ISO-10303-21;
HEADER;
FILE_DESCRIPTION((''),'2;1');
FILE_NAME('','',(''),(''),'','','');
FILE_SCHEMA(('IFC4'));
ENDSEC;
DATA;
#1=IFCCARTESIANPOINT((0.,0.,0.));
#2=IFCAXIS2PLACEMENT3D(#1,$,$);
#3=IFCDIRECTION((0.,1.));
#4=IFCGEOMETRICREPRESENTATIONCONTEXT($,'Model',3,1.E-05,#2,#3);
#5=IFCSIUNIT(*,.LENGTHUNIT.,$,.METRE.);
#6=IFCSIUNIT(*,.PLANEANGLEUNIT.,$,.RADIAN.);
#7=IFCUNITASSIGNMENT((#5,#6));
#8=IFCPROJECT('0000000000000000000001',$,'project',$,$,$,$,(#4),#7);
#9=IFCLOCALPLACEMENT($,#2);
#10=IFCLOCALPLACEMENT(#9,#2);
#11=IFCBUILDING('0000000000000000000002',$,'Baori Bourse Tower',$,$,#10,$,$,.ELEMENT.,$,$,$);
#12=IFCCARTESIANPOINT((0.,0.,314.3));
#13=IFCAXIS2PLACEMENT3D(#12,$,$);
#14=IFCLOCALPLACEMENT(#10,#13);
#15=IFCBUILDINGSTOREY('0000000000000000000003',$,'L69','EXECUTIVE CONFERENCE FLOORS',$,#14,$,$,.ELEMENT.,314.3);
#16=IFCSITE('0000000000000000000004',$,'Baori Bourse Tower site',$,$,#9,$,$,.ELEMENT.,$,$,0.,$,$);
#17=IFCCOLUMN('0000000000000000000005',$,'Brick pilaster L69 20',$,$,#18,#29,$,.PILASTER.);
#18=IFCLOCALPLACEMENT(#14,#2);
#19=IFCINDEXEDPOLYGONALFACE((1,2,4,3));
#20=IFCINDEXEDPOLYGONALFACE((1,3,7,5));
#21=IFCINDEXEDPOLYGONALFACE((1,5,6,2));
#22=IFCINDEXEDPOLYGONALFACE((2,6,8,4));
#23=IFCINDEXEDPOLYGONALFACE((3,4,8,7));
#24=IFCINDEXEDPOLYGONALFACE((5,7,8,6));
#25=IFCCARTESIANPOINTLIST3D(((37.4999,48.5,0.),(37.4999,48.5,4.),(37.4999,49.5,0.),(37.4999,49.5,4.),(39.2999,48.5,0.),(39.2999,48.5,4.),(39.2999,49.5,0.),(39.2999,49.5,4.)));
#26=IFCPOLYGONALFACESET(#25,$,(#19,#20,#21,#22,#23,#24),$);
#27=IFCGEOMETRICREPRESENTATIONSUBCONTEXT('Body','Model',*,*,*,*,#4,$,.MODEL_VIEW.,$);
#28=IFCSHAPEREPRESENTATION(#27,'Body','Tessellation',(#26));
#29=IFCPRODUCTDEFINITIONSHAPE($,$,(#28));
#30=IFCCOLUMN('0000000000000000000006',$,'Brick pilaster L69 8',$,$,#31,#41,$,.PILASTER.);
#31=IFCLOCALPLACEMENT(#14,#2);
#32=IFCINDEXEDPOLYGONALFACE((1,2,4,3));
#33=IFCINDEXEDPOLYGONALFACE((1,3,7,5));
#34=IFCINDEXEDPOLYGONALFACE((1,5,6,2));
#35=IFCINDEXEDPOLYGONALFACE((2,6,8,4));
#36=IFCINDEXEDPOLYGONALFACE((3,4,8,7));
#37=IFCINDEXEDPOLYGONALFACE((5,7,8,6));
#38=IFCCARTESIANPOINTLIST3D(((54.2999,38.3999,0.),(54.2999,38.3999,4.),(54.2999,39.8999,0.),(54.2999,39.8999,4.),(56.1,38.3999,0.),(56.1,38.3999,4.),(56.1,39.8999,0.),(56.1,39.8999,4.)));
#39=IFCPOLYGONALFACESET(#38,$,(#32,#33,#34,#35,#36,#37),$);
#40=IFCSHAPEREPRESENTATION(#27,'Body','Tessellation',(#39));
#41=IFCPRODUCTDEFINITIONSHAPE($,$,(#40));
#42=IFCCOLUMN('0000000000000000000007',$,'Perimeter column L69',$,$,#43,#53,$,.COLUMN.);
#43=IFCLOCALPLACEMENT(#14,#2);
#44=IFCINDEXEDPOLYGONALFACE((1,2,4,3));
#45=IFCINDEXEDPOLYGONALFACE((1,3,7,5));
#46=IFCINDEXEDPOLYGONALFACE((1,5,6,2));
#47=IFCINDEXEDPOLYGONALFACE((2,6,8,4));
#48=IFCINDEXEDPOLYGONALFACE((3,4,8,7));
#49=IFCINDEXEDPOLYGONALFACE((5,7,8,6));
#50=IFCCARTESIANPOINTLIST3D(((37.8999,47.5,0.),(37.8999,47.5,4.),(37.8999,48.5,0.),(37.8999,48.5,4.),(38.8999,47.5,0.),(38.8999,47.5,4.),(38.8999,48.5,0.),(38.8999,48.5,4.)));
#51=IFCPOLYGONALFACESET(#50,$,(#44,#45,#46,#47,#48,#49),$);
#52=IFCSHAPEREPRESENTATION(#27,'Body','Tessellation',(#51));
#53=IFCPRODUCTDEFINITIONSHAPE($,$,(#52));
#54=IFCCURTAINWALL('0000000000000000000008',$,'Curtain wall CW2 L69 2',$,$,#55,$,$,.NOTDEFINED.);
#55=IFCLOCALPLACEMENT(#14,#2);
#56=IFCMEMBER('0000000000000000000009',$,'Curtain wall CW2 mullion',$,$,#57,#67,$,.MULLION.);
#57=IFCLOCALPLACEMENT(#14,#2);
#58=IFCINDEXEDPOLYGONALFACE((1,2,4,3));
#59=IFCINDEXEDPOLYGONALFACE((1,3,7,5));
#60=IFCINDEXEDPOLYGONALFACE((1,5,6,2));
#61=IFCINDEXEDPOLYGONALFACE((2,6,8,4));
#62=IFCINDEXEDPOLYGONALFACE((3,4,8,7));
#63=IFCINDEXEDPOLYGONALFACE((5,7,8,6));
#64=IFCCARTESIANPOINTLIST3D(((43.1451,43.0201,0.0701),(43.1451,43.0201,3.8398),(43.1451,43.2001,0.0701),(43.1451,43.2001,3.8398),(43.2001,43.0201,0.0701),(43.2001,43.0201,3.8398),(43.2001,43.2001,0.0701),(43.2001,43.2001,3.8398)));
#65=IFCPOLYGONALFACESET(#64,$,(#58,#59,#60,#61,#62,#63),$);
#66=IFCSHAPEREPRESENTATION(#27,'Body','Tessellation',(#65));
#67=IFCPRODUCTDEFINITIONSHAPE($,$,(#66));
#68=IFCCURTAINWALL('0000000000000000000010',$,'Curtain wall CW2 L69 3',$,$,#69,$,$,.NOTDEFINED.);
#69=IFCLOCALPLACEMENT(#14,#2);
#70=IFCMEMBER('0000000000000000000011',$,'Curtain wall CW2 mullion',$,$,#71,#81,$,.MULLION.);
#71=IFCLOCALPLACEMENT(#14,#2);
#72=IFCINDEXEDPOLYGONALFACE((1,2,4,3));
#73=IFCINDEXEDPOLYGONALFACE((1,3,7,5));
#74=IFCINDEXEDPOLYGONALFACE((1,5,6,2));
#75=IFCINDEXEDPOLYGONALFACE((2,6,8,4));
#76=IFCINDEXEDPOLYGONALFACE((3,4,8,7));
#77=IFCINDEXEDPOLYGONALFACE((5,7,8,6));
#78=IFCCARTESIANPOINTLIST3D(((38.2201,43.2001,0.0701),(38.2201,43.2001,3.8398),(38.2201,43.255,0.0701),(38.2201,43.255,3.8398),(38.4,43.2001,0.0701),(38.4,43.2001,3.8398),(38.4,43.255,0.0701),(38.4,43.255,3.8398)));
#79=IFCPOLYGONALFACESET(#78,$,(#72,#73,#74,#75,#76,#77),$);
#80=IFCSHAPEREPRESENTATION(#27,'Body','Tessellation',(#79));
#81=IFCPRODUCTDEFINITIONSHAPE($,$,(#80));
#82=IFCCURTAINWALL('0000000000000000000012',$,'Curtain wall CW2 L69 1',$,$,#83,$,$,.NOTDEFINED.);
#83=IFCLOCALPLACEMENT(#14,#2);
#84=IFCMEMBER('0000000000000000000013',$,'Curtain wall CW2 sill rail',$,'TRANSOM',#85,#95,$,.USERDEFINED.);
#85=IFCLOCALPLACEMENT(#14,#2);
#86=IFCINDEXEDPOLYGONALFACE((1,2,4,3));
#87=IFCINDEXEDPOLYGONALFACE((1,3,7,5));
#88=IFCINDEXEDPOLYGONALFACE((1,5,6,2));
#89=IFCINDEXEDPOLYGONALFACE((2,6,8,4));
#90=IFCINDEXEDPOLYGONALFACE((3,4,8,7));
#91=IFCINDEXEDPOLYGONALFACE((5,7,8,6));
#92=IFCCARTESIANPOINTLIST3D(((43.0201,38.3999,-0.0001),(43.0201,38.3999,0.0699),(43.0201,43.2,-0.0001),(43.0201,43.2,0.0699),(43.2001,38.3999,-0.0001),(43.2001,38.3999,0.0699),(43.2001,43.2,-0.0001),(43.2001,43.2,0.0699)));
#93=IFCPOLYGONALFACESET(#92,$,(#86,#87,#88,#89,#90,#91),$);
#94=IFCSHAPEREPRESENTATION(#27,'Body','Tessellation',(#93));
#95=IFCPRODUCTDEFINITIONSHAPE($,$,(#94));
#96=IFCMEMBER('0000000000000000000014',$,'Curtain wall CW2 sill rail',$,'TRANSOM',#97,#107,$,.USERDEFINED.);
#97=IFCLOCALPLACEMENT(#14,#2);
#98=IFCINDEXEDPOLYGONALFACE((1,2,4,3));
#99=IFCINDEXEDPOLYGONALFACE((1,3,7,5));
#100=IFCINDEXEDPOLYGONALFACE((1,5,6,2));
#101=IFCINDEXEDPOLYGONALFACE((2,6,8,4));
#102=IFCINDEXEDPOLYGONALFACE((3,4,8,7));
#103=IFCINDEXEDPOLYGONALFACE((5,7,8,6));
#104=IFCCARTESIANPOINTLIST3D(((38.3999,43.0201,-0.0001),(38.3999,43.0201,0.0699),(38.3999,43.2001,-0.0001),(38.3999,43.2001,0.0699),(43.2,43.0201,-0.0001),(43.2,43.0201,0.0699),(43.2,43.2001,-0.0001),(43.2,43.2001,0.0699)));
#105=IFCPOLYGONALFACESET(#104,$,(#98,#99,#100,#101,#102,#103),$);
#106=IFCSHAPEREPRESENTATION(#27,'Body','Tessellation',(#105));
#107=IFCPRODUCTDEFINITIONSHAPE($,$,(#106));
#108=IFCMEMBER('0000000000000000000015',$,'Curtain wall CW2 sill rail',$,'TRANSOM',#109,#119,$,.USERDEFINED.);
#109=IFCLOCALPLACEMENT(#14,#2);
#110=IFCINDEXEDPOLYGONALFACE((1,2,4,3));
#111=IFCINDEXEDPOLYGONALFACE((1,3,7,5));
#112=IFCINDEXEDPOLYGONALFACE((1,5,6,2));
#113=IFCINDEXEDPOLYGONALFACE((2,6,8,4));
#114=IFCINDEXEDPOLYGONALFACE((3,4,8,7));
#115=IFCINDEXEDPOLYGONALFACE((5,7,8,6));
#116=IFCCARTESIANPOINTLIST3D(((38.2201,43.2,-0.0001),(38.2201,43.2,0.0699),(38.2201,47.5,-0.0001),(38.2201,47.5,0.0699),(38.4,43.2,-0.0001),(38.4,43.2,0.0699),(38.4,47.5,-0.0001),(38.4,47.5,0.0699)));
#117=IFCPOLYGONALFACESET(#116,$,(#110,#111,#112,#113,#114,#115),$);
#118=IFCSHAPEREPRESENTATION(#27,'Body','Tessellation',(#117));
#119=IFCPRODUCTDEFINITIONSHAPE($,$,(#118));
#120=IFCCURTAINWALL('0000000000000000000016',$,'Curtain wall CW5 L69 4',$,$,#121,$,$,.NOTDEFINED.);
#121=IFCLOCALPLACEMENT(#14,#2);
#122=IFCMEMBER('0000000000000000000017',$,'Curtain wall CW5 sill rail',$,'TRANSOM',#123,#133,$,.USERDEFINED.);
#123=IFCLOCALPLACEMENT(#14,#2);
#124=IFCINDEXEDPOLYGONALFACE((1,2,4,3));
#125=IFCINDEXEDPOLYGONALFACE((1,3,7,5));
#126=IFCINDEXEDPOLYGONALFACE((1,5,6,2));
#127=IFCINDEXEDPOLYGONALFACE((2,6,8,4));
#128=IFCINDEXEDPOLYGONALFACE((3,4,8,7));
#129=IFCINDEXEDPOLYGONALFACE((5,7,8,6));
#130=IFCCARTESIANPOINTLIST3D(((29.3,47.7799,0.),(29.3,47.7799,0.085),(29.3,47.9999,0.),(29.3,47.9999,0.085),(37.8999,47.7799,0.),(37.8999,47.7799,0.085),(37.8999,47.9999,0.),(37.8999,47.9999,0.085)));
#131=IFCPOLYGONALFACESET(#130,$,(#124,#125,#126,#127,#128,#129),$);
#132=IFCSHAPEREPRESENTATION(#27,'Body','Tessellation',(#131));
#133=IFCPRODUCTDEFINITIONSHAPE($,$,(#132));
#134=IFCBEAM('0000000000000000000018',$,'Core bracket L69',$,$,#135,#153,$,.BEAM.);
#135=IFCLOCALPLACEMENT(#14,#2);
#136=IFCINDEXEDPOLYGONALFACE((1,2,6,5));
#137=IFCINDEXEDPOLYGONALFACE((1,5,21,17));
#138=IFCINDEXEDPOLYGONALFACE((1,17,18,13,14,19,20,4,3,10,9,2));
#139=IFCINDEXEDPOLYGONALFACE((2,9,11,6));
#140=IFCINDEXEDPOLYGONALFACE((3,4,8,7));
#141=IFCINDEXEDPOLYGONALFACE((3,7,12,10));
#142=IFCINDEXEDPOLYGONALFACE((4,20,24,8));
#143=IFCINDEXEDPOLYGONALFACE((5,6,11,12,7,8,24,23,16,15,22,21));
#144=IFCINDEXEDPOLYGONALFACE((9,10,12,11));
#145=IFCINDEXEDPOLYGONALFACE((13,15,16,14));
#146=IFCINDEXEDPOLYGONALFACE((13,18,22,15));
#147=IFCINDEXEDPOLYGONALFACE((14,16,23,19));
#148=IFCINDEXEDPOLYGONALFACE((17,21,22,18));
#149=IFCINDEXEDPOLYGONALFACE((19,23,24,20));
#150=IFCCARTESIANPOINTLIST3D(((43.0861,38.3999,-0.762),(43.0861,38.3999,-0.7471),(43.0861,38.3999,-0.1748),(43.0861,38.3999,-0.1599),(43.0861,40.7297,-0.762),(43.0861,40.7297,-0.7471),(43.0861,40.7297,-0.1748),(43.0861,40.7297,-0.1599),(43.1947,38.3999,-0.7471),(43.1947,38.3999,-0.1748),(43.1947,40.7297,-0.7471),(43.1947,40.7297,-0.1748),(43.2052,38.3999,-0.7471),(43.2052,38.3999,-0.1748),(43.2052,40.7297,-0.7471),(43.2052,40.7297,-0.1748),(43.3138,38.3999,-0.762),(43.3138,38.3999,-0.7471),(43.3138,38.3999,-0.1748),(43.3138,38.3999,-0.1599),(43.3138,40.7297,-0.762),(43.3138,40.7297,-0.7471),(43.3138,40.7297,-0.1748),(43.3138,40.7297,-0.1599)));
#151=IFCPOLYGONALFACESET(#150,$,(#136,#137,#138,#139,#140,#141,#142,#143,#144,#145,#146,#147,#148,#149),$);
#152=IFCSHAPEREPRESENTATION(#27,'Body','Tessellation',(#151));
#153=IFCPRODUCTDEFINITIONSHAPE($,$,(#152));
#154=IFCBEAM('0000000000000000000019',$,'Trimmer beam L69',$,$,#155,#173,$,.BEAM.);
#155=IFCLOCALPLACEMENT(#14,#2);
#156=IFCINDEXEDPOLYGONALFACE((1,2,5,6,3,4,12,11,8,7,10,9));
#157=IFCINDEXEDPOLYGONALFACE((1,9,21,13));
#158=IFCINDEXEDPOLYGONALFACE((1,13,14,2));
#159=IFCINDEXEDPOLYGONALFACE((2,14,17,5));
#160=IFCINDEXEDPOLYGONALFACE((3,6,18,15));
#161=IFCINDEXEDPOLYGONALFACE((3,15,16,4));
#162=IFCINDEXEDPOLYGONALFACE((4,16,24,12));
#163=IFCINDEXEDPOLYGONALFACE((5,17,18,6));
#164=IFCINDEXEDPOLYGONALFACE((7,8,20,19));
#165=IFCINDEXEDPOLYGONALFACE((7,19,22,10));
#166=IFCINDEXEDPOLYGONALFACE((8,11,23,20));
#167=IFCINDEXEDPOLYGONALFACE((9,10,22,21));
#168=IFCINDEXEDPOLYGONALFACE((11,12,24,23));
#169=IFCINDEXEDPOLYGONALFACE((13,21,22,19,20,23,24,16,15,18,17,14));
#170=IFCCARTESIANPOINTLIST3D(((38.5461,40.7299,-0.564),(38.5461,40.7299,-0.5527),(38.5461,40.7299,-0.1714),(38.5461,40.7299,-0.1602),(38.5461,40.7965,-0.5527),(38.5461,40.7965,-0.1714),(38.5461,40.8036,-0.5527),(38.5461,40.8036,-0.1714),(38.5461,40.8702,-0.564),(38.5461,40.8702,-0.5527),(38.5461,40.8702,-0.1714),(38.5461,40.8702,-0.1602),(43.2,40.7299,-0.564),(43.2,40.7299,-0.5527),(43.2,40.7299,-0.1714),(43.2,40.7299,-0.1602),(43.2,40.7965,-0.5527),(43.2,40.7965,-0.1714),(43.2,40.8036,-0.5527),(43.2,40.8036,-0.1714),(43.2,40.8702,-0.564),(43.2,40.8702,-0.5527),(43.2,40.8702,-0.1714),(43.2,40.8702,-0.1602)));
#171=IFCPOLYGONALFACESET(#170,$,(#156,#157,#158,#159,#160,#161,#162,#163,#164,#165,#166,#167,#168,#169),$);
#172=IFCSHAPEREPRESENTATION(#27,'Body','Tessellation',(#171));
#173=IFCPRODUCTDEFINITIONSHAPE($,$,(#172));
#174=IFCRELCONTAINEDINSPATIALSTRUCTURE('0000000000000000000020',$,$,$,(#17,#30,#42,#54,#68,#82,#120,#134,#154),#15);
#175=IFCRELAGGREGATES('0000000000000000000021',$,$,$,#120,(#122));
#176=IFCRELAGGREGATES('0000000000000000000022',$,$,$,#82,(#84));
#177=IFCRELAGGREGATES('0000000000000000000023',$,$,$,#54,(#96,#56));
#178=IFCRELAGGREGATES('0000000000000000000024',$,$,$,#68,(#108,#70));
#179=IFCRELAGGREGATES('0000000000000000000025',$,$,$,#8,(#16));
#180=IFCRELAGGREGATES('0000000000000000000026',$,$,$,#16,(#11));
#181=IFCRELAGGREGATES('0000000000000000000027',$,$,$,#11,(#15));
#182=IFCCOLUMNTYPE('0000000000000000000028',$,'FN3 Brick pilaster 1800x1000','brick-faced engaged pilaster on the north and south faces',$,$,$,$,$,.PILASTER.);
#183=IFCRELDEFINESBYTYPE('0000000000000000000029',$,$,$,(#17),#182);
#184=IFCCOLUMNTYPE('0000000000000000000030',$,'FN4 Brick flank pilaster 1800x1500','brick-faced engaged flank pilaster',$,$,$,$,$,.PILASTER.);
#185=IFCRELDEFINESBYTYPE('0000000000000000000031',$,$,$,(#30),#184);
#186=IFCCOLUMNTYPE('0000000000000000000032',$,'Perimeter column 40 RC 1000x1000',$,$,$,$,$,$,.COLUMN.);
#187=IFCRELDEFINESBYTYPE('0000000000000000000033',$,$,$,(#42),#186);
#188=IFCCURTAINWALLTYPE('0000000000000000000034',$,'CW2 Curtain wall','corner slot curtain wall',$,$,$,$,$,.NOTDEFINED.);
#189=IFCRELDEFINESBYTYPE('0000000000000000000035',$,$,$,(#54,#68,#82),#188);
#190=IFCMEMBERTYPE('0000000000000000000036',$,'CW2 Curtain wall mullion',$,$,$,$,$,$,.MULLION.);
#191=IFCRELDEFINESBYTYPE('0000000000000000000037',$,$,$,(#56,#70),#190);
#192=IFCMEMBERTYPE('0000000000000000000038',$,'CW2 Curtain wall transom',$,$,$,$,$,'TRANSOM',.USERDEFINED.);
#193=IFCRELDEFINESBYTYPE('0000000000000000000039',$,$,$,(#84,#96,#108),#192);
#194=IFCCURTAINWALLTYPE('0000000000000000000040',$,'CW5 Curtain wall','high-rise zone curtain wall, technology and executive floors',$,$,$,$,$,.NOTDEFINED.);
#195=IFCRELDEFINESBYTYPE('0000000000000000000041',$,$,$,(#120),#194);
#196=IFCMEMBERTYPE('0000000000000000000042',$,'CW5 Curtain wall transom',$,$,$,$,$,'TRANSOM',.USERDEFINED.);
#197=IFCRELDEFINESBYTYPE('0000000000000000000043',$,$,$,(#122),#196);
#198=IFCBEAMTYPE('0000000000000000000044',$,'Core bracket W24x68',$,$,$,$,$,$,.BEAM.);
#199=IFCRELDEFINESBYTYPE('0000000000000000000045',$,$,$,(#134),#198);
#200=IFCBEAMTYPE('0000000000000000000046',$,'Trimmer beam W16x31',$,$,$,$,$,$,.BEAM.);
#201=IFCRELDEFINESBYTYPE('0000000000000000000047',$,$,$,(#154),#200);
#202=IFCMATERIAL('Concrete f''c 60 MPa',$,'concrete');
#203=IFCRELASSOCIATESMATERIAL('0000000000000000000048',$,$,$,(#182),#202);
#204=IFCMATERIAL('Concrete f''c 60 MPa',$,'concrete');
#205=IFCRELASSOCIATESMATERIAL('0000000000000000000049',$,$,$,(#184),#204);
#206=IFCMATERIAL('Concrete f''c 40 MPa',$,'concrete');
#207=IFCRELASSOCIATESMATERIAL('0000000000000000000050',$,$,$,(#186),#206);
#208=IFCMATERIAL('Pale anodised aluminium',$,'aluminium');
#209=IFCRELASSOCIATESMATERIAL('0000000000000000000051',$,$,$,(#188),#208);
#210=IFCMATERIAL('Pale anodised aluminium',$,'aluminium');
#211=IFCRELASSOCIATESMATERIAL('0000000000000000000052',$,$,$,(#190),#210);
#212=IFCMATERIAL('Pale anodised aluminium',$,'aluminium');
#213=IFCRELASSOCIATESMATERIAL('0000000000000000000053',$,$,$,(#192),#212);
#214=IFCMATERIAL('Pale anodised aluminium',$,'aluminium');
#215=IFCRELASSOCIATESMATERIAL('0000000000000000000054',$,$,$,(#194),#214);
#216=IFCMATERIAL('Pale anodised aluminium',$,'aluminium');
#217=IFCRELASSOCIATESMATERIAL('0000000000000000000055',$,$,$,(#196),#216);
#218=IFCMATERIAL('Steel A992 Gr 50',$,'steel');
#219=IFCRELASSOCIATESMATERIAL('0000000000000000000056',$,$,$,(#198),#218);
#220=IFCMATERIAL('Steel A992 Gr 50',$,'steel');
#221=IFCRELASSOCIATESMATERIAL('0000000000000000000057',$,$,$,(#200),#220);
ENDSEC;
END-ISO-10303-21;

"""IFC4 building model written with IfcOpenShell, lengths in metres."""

from ifc_helpers import new_model, si_unit, direction, frame, origin, origin_2d, place, context, subcontext, project, spatial, rectangle, i_section, extrude, material, material_profile, profile_set, type_object, element, aggregate, save


model = new_model("IFC4")

# Units and contexts
model_context = context("Model", 3, precision=1e-05, world=origin(), true_north=direction((0.0, 1.0)))
body_context = subcontext(model_context, "Body", "Model", "MODEL_VIEW")
ifc_project = project(units=[si_unit("LENGTHUNIT", "METRE"), si_unit("PLANEANGLEUNIT", "RADIAN")], contexts=[model_context])

# Site, building, storey
site_placement = place(None, origin())
site = spatial("IfcSite", under=ifc_project, at=site_placement, Name="Baori Bourse Tower site", CompositionType="ELEMENT", RefElevation=0.0)
building_placement = place(site_placement, origin())
building = spatial("IfcBuilding", under=site, at=building_placement, Name="Baori Bourse Tower", CompositionType="ELEMENT")
storey_placement = place(building_placement, frame((0.0, 0.0, 314.3)))
storey = spatial("IfcBuildingStorey", under=building, at=storey_placement, Name="L69", Description="EXECUTIVE CONFERENCE FLOORS", CompositionType="ELEMENT", Elevation=314.3)

# Columns
ifc_material_1 = material(Name="Concrete f'c 60 MPa", Category="concrete")
ifc_material_profile_1 = material_profile(ifc_material_1, rectangle(XDim=1.8, YDim=1.0, at=origin_2d()), Name="RC 1800x1000")
ifc_profile_set_1 = profile_set([ifc_material_profile_1], Name="Concrete f'c 60 MPa")
column_type_1 = type_object("IfcColumnType", Name="FN3 Brick pilaster 1800x1000", Description="brick-faced engaged pilaster on the north and south faces", PredefinedType="PILASTER", material=ifc_profile_set_1)
column_1_placement = place(storey_placement, frame((38.3999, 49.0, 0.0), z_axis=(0.0, 0.0, 1.0), x_axis=(1.0, 0.0, 0.0)))
element("IfcColumn", 1, at=column_1_placement, inside=storey, type_object=column_type_1, Name="Brick pilaster L69 20", PredefinedType="PILASTER", context=body_context, shape_type="SweptSolid", body=[
    extrude(rectangle(XDim=1.8, YDim=1.0, at=origin_2d()), origin(), (0.0, 0.0, 1.0), 4.0),
])
ifc_material_2 = material(Name="Concrete f'c 60 MPa", Category="concrete")
ifc_material_profile_2 = material_profile(ifc_material_2, rectangle(XDim=1.8, YDim=1.5, at=origin_2d()), Name="RC 1800x1500")
ifc_profile_set_2 = profile_set([ifc_material_profile_2], Name="Concrete f'c 60 MPa")
column_type_2 = type_object("IfcColumnType", Name="FN4 Brick flank pilaster 1800x1500", Description="brick-faced engaged flank pilaster", PredefinedType="PILASTER", material=ifc_profile_set_2)
column_2_placement = place(storey_placement, frame((55.2, 39.1499, 0.0), z_axis=(0.0, 0.0, 1.0), x_axis=(1.0, 0.0, 0.0)))
element("IfcColumn", 2, at=column_2_placement, inside=storey, type_object=column_type_2, Name="Brick pilaster L69 8", PredefinedType="PILASTER", context=body_context, shape_type="SweptSolid", body=[
    extrude(rectangle(XDim=1.8, YDim=1.5, at=origin_2d()), origin(), (0.0, 0.0, 1.0), 4.0),
])
ifc_material_3 = material(Name="Concrete f'c 40 MPa", Category="concrete")
ifc_material_profile_3 = material_profile(ifc_material_3, rectangle(XDim=1.0, YDim=1.0, at=origin_2d()), Name="RC 1000x1000")
ifc_profile_set_3 = profile_set([ifc_material_profile_3], Name="Concrete f'c 40 MPa")
column_type_3 = type_object("IfcColumnType", Name="Perimeter column 40 RC 1000x1000", PredefinedType="COLUMN", material=ifc_profile_set_3)
column_3_placement = place(storey_placement, frame((38.3999, 48.0, 0.0), z_axis=(0.0, 0.0, 1.0), x_axis=(1.0, 0.0, 0.0)))
element("IfcColumn", 3, at=column_3_placement, inside=storey, type_object=column_type_3, Name="Perimeter column L69", PredefinedType="COLUMN", context=body_context, shape_type="SweptSolid", body=[
    extrude(rectangle(XDim=1.0, YDim=1.0, at=origin_2d()), origin(), (0.0, 0.0, 1.0), 4.0),
])

# Curtain walls, members
ifc_material_4 = material(Name="Pale anodised aluminium", Category="aluminium")
curtain_wall_type_1 = type_object("IfcCurtainWallType", Name="CW2 Curtain wall", Description="corner slot curtain wall", PredefinedType="NOTDEFINED", material=ifc_material_4)
curtain_wall_1_placement = place(storey_placement, origin())
curtain_wall_1 = element("IfcCurtainWall", 4, at=curtain_wall_1_placement, inside=storey, type_object=curtain_wall_type_1, Name="Curtain wall CW2 L69 2", PredefinedType="NOTDEFINED")
ifc_material_5 = material(Name="Pale anodised aluminium", Category="aluminium")
ifc_material_profile_4 = material_profile(ifc_material_5, rectangle(XDim=0.1799, YDim=0.0549, at=origin_2d()), Name="Mullion 55x180")
ifc_profile_set_4 = profile_set([ifc_material_profile_4], Name="Pale anodised aluminium")
member_type_1 = type_object("IfcMemberType", Name="CW2 Curtain wall mullion", PredefinedType="MULLION", material=ifc_profile_set_4)
member_1_placement = place(storey_placement, frame((43.1726, 43.1101, 0.0701), z_axis=(0.0, 0.0, 1.0), x_axis=(0.0, -1.0, 0.0)))
member_1 = element("IfcMember", 5, at=member_1_placement, type_object=member_type_1, Name="Curtain wall CW2 mullion", PredefinedType="MULLION", context=body_context, shape_type="SweptSolid", body=[
    extrude(rectangle(XDim=0.1799, YDim=0.0549, at=origin_2d()), origin(), (0.0, 0.0, 1.0), 3.7698),
])
curtain_wall_2_placement = place(storey_placement, origin())
curtain_wall_2 = element("IfcCurtainWall", 6, at=curtain_wall_2_placement, inside=storey, type_object=curtain_wall_type_1, Name="Curtain wall CW2 L69 3", PredefinedType="NOTDEFINED")
member_2_placement = place(storey_placement, frame((38.3101, 43.2275, 0.0701), z_axis=(0.0, 0.0, 1.0), x_axis=(-1.0, 0.0, 0.0)))
member_2 = element("IfcMember", 7, at=member_2_placement, type_object=member_type_1, Name="Curtain wall CW2 mullion", PredefinedType="MULLION", context=body_context, shape_type="SweptSolid", body=[
    extrude(rectangle(XDim=0.1799, YDim=0.0549, at=origin_2d()), origin(), (0.0, 0.0, 1.0), 3.7698),
])
curtain_wall_3_placement = place(storey_placement, origin())
curtain_wall_3 = element("IfcCurtainWall", 8, at=curtain_wall_3_placement, inside=storey, type_object=curtain_wall_type_1, Name="Curtain wall CW2 L69 1", PredefinedType="NOTDEFINED")
ifc_material_6 = material(Name="Pale anodised aluminium", Category="aluminium")
ifc_material_profile_5 = material_profile(ifc_material_6, rectangle(XDim=0.1799, YDim=0.0701, at=origin_2d()), Name="Transom 70x180")
ifc_profile_set_5 = profile_set([ifc_material_profile_5], Name="Pale anodised aluminium")
member_type_2 = type_object("IfcMemberType", Name="CW2 Curtain wall transom", ElementType="TRANSOM", PredefinedType="USERDEFINED", material=ifc_profile_set_5)
member_3_placement = place(storey_placement, frame((43.1101, 38.3999, 0.0349), z_axis=(0.0, 1.0, 0.0), x_axis=(-1.0, 0.0, 0.0)))
member_3 = element("IfcMember", 9, at=member_3_placement, type_object=member_type_2, Name="Curtain wall CW2 sill rail", ObjectType="TRANSOM", PredefinedType="USERDEFINED", context=body_context, shape_type="SweptSolid", body=[
    extrude(rectangle(XDim=0.1799, YDim=0.0701, at=origin_2d()), origin(), (0.0, 0.0, 1.0), 4.8),
])

# Members
member_4_placement = place(storey_placement, frame((43.2, 43.1101, 0.0349), z_axis=(-1.0, 0.0, 0.0), x_axis=(0.0, -1.0, 0.0)))
member_4 = element("IfcMember", 10, at=member_4_placement, type_object=member_type_2, Name="Curtain wall CW2 sill rail", ObjectType="TRANSOM", PredefinedType="USERDEFINED", context=body_context, shape_type="SweptSolid", body=[
    extrude(rectangle(XDim=0.1799, YDim=0.0701, at=origin_2d()), origin(), (0.0, 0.0, 1.0), 4.8),
])
member_5_placement = place(storey_placement, frame((38.3101, 43.2, 0.0349), z_axis=(0.0, 1.0, 0.0), x_axis=(-1.0, 0.0, 0.0)))
member_5 = element("IfcMember", 11, at=member_5_placement, type_object=member_type_2, Name="Curtain wall CW2 sill rail", ObjectType="TRANSOM", PredefinedType="USERDEFINED", context=body_context, shape_type="SweptSolid", body=[
    extrude(rectangle(XDim=0.1799, YDim=0.0701, at=origin_2d()), origin(), (0.0, 0.0, 1.0), 4.3),
])

# Curtain wall, member
ifc_material_7 = material(Name="Pale anodised aluminium", Category="aluminium")
curtain_wall_type_2 = type_object("IfcCurtainWallType", Name="CW5 Curtain wall", Description="high-rise zone curtain wall, technology and executive floors", PredefinedType="NOTDEFINED", material=ifc_material_7)
curtain_wall_4_placement = place(storey_placement, origin())
curtain_wall_4 = element("IfcCurtainWall", 12, at=curtain_wall_4_placement, inside=storey, type_object=curtain_wall_type_2, Name="Curtain wall CW5 L69 4", PredefinedType="NOTDEFINED")
ifc_material_8 = material(Name="Pale anodised aluminium", Category="aluminium")
ifc_material_profile_6 = material_profile(ifc_material_8, rectangle(XDim=0.22, YDim=0.085, at=origin_2d()), Name="Transom 85x220")
ifc_profile_set_6 = profile_set([ifc_material_profile_6], Name="Pale anodised aluminium")
member_type_3 = type_object("IfcMemberType", Name="CW5 Curtain wall transom", ElementType="TRANSOM", PredefinedType="USERDEFINED", material=ifc_profile_set_6)
member_6_placement = place(storey_placement, frame((37.8999, 47.8899, 0.0425), z_axis=(-1.0, 0.0, 0.0), x_axis=(0.0, -1.0, 0.0)))
member_6 = element("IfcMember", 13, at=member_6_placement, type_object=member_type_3, Name="Curtain wall CW5 sill rail", ObjectType="TRANSOM", PredefinedType="USERDEFINED", context=body_context, shape_type="SweptSolid", body=[
    extrude(rectangle(XDim=0.22, YDim=0.085, at=origin_2d()), origin(), (0.0, 0.0, 1.0), 8.5999),
])
aggregate(curtain_wall_4, [member_6])

# Beams
ifc_material_9 = material(Name="Steel A992 Gr 50", Category="steel")
ifc_material_profile_7 = material_profile(ifc_material_9, i_section(OverallWidth=0.2278, OverallDepth=0.6021, WebThickness=0.0105, FlangeThickness=0.0149, at=origin_2d()), Name="W24x68")
ifc_profile_set_7 = profile_set([ifc_material_profile_7], Name="Steel A992 Gr 50")
beam_type_1 = type_object("IfcBeamType", Name="Core bracket W24x68", PredefinedType="BEAM", material=ifc_profile_set_7)
beam_1_placement = place(storey_placement, frame((43.2, 38.3999, -0.4609), z_axis=(0.0, 1.0, 0.0), x_axis=(-1.0, 0.0, 0.0)))
element("IfcBeam", 14, at=beam_1_placement, inside=storey, type_object=beam_type_1, Name="Core bracket L69", PredefinedType="BEAM", context=body_context, shape_type="SweptSolid", body=[
    extrude(i_section(OverallWidth=0.2278, OverallDepth=0.6021, WebThickness=0.0105, FlangeThickness=0.0149, at=origin_2d()), origin(), (0.0, 0.0, 1.0), 2.3298),
])
ifc_material_10 = material(Name="Steel A992 Gr 50", Category="steel")
ifc_material_profile_8 = material_profile(ifc_material_10, i_section(OverallWidth=0.1404, OverallDepth=0.4038, WebThickness=0.0071, FlangeThickness=0.0112, at=origin_2d()), Name="W16x31")
ifc_profile_set_8 = profile_set([ifc_material_profile_8], Name="Steel A992 Gr 50")
beam_type_2 = type_object("IfcBeamType", Name="Trimmer beam W16x31", PredefinedType="BEAM", material=ifc_profile_set_8)
beam_2_placement = place(storey_placement, frame((38.5461, 40.8, -0.3621), z_axis=(1.0, 0.0, 0.0), x_axis=(0.0, 1.0, 0.0)))
element("IfcBeam", 15, at=beam_2_placement, inside=storey, type_object=beam_type_2, Name="Trimmer beam L69", PredefinedType="BEAM", context=body_context, shape_type="SweptSolid", body=[
    extrude(i_section(OverallWidth=0.1404, OverallDepth=0.4038, WebThickness=0.0071, FlangeThickness=0.0112, at=origin_2d()), origin(), (0.0, 0.0, 1.0), 4.6538),
])

aggregate(curtain_wall_3, [member_3])
aggregate(curtain_wall_1, [member_4, member_1])
aggregate(curtain_wall_2, [member_5, member_2])

save(model, "model.ifc")
